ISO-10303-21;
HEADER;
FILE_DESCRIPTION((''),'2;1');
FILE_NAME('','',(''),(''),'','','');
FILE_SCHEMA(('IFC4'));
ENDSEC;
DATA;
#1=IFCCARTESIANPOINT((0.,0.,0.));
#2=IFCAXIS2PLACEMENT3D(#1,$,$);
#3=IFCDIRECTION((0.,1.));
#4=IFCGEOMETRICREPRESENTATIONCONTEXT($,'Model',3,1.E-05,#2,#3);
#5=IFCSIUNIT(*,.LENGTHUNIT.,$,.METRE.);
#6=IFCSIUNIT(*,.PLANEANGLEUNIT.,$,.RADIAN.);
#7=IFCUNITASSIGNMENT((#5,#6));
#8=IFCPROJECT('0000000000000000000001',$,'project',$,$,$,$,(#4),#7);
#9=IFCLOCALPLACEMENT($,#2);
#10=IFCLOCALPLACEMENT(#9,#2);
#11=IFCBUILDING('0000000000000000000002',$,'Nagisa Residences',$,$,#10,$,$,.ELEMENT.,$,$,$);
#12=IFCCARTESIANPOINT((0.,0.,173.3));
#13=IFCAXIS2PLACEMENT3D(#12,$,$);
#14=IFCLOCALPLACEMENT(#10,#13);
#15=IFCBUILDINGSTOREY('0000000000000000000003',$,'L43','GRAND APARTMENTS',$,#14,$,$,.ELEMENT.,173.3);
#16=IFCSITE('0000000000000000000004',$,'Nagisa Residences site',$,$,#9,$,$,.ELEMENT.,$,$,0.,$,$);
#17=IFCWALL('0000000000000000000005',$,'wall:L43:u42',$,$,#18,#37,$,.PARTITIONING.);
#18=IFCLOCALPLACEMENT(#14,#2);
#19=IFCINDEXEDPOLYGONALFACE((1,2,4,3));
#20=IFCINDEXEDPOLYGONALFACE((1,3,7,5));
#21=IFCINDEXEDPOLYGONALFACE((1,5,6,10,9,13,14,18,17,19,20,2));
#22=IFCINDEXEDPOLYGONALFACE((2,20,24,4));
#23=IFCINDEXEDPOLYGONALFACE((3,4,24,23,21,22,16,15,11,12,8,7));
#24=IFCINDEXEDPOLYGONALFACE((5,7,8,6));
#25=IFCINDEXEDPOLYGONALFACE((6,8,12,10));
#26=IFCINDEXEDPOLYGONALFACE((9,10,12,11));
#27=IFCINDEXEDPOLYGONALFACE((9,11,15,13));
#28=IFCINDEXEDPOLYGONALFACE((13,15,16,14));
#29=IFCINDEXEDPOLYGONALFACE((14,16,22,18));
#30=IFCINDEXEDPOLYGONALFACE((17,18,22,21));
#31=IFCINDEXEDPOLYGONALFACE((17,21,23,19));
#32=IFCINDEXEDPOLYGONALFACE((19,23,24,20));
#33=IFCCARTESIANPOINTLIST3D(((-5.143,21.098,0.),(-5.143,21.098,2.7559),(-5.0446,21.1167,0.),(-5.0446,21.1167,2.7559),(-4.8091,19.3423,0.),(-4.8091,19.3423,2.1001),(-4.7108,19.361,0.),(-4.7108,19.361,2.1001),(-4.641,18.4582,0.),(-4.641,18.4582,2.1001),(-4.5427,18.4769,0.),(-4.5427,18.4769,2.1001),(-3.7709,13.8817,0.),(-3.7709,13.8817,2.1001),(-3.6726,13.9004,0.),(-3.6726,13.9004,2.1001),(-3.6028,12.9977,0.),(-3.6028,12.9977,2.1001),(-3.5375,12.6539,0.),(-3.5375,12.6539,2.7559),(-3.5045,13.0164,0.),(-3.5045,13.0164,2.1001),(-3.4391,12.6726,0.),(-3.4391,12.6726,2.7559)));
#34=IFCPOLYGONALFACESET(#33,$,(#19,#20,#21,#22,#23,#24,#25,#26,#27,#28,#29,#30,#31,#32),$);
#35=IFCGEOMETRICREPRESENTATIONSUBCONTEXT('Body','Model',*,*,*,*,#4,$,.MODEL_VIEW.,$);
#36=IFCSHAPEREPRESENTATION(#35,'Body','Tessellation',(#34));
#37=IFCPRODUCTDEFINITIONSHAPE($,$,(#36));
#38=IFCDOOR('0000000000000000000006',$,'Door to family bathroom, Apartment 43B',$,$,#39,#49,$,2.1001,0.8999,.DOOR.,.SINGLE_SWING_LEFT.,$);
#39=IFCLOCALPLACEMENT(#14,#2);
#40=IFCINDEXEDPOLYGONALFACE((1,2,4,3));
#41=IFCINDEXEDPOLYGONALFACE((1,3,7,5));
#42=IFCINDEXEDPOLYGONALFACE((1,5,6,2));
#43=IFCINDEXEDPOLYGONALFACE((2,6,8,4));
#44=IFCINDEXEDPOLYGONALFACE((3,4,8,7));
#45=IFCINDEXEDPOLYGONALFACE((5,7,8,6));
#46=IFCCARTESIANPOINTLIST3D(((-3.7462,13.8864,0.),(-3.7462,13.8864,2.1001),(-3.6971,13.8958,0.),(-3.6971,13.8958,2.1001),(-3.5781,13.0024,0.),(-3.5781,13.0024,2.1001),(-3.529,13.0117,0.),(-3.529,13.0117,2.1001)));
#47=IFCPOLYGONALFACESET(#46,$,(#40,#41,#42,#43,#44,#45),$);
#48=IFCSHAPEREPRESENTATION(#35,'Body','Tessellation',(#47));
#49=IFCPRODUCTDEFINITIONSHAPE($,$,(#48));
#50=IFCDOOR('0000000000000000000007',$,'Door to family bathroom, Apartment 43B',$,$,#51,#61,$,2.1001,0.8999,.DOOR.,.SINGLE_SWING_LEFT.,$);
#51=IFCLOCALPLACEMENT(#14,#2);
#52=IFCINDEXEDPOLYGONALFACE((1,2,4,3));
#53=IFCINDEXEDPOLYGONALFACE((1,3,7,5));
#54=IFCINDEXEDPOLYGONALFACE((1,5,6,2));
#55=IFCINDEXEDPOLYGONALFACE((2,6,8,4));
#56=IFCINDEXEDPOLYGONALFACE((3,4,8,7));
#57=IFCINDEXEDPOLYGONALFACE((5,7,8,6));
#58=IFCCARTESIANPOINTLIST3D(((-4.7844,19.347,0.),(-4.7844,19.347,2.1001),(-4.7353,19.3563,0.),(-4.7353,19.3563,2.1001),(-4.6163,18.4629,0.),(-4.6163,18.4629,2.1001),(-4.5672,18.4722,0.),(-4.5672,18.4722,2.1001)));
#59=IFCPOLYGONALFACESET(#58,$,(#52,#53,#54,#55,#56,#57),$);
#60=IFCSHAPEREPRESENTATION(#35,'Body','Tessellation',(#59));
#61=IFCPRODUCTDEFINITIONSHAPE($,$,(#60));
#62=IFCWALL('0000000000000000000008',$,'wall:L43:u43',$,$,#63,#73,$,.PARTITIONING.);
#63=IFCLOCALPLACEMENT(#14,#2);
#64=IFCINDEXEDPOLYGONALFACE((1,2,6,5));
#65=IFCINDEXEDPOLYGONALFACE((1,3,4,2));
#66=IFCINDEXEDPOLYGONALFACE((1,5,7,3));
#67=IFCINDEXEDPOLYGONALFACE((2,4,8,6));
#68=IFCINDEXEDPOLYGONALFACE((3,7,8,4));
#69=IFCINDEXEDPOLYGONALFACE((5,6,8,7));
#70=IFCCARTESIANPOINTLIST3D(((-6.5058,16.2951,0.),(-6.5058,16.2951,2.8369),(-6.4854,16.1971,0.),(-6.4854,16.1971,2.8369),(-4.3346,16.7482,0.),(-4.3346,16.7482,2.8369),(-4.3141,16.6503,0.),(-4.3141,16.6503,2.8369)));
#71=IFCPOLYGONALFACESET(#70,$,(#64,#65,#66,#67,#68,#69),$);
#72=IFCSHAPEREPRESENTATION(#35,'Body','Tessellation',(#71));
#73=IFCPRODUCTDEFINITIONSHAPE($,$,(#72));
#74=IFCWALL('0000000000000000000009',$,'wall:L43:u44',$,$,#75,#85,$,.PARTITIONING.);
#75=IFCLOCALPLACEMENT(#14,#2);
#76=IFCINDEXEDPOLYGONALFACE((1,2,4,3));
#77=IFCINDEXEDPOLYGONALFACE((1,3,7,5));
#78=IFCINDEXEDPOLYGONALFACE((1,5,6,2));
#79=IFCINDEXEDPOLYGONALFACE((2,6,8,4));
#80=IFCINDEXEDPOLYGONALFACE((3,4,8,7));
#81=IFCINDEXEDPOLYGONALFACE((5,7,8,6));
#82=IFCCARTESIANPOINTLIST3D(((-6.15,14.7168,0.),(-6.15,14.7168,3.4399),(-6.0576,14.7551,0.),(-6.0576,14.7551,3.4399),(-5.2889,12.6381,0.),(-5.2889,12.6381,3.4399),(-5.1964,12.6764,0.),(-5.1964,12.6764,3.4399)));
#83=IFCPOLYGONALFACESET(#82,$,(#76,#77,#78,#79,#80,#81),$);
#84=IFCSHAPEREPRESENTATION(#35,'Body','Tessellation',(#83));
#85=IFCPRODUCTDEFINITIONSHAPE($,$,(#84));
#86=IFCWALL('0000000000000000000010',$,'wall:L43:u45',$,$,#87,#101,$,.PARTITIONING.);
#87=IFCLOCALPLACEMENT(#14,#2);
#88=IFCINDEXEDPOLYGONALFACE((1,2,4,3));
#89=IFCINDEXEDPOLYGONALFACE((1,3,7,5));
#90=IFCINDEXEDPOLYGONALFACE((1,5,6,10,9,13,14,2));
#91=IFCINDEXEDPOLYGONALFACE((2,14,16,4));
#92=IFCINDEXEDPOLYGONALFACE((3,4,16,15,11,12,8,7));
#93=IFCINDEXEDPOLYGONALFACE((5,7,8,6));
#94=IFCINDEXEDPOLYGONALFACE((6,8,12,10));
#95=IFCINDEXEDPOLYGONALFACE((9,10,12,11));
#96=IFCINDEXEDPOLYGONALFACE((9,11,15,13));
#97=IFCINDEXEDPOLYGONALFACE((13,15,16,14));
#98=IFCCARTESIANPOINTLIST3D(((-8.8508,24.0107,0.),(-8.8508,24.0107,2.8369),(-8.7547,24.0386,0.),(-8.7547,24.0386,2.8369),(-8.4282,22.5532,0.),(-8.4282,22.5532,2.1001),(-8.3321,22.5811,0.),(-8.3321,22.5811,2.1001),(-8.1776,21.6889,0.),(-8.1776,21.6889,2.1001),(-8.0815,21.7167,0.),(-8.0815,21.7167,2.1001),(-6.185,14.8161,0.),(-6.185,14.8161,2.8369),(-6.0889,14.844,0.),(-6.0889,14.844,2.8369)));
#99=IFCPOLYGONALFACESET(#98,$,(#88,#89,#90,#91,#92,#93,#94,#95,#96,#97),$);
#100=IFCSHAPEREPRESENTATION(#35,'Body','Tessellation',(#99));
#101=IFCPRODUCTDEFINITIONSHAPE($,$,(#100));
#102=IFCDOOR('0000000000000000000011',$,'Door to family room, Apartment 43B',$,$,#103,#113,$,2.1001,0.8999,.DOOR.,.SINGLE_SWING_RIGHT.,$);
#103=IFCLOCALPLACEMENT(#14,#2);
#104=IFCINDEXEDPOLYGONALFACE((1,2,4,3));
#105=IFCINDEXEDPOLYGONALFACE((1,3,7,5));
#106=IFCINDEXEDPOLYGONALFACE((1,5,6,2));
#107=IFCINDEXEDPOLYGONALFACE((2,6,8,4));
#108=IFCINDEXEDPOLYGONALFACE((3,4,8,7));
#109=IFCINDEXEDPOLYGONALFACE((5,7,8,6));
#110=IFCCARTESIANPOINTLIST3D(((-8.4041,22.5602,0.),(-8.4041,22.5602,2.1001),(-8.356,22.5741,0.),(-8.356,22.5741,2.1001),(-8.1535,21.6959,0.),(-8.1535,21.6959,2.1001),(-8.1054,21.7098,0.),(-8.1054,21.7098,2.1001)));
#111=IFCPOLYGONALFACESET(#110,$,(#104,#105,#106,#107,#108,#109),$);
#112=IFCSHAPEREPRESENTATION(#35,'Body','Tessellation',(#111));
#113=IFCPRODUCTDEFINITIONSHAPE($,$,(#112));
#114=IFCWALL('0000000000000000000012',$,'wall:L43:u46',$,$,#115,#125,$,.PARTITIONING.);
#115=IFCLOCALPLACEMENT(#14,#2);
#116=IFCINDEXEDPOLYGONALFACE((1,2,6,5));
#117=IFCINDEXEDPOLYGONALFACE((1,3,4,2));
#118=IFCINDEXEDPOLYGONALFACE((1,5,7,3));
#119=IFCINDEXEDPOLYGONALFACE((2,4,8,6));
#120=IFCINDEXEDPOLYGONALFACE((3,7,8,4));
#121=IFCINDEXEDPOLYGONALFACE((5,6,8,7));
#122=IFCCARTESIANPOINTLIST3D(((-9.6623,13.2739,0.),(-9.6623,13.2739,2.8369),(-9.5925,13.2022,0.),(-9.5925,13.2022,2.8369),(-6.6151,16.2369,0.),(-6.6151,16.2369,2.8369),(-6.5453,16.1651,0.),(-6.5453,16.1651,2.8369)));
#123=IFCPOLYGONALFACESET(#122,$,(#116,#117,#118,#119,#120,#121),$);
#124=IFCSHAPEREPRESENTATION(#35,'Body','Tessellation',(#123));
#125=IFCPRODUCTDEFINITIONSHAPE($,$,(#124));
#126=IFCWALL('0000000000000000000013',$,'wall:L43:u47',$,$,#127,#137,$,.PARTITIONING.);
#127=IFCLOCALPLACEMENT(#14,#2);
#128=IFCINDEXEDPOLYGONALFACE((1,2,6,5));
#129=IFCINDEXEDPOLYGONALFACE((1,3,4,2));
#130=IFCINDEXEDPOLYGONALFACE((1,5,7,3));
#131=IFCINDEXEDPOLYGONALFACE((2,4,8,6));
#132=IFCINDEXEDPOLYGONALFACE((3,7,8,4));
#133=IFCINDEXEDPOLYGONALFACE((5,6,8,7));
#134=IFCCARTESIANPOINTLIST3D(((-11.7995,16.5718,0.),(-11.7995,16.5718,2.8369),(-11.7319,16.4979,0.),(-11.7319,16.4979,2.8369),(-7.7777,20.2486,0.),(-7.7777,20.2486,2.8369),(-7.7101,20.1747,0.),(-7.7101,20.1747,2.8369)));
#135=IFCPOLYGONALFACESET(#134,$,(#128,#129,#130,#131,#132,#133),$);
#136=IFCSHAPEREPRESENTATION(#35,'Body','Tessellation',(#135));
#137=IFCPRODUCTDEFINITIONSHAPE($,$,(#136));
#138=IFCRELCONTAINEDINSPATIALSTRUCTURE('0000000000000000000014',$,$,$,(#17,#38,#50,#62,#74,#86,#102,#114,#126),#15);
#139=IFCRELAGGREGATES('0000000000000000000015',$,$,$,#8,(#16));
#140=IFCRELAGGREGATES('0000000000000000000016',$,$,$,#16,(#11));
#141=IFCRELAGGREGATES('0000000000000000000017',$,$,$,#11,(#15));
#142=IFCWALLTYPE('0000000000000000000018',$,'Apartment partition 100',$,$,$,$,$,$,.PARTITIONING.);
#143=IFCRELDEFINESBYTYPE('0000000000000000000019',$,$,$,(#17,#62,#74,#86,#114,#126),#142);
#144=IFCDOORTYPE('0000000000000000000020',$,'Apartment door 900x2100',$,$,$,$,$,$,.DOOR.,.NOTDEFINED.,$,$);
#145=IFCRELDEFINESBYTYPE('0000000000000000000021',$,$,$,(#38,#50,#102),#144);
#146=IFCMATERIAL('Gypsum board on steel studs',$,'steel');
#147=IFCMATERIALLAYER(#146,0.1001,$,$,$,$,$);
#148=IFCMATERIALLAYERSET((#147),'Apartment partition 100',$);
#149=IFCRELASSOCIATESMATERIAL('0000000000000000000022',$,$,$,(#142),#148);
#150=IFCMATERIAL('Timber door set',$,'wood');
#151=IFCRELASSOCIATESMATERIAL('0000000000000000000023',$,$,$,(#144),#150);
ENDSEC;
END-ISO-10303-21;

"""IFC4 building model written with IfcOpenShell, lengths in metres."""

from ifc_helpers import new_model, si_unit, direction, frame, frame_2d, origin, place, context, subcontext, project, spatial, rectangle, extrude, material, layer, layer_set, type_object, element, fill, save


model = new_model("IFC4")

# Units and contexts
model_context = context("Model", 3, precision=1e-05, world=origin(), true_north=direction((0.0, 1.0)))
body_context = subcontext(model_context, "Body", "Model", "MODEL_VIEW")
ifc_project = project(units=[si_unit("LENGTHUNIT", "METRE"), si_unit("PLANEANGLEUNIT", "RADIAN")], contexts=[model_context])

# Site, building, storey
site_placement = place(None, origin())
site = spatial("IfcSite", under=ifc_project, at=site_placement, Name="Nagisa Residences site", CompositionType="ELEMENT", RefElevation=0.0)
building_placement = place(site_placement, origin())
building = spatial("IfcBuilding", under=site, at=building_placement, Name="Nagisa Residences", CompositionType="ELEMENT")
storey_placement = place(building_placement, frame((0.0, 0.0, 173.3)))
storey = spatial("IfcBuildingStorey", under=building, at=storey_placement, Name="L43", Description="GRAND APARTMENTS", CompositionType="ELEMENT", Elevation=173.3)

# Shared definitions
ifc_material_1 = material(Name="Gypsum board on steel studs", Category="steel")
ifc_layer_1 = layer(ifc_material_1, 0.1001)
ifc_layer_set_1 = layer_set([ifc_layer_1], Name="Apartment partition 100")
wall_type_1 = type_object("IfcWallType", Name="Apartment partition 100", PredefinedType="PARTITIONING", material=ifc_layer_set_1)
ifc_material_2 = material(Name="Timber door set", Category="wood")
door_type_1 = type_object("IfcDoorType", Name="Apartment door 900x2100", OperationType="NOTDEFINED", PredefinedType="DOOR", material=ifc_material_2)

# Wall, openings, doors
wall_1_placement = place(storey_placement, frame((-3.4883, 12.6631, 0.0), z_axis=(0.0, 0.0, 1.0), x_axis=(-0.186783, 0.982401, 0.0)))
wall_1 = element("IfcWall", 1, at=wall_1_placement, inside=storey, type_object=wall_type_1, Name="wall:L43:u42", PredefinedType="PARTITIONING", context=body_context, shape_type="SweptSolid", body=[
    extrude(rectangle(XDim=8.5955, YDim=0.1001, at=frame_2d((4.2979, 0.0))), origin(), (0.0, 0.0, 1.0), 2.7559),
])
opening_1_placement = place(wall_1_placement, frame((0.3501, 0.0, 0.0)))
opening_1 = element("IfcOpeningElement", 2, at=opening_1_placement, cuts=wall_1, PredefinedType="OPENING", context=body_context, shape_type="SweptSolid", body=[
    extrude(rectangle(XDim=0.8999, YDim=2.1001, at=frame_2d((0.45, 1.05))), frame((0.0, 0.0601, 0.0), z_axis=(0.0, -1.0, 0.0), x_axis=(1.0, 0.0, 0.0)), (0.0, 0.0, 1.0), 0.1201),
])
opening_2_placement = place(wall_1_placement, frame((5.9084, 0.0, 0.0)))
opening_2 = element("IfcOpeningElement", 3, at=opening_2_placement, cuts=wall_1, PredefinedType="OPENING", context=body_context, shape_type="SweptSolid", body=[
    extrude(rectangle(XDim=0.8999, YDim=2.1001, at=frame_2d((0.45, 1.05))), frame((0.0, 0.0601, 0.0), z_axis=(0.0, -1.0, 0.0), x_axis=(1.0, 0.0, 0.0)), (0.0, 0.0, 1.0), 0.1201),
])
door_1_placement = place(opening_1_placement, origin())
door_1 = element("IfcDoor", 4, at=door_1_placement, inside=storey, type_object=door_type_1, Name="Door to family bathroom, Apartment 43B", OperationType="SINGLE_SWING_LEFT", OverallHeight=2.1001, OverallWidth=0.8999, PredefinedType="DOOR", context=body_context, shape_type="SweptSolid", body=[
    extrude(rectangle(XDim=0.8999, YDim=2.1001, at=frame_2d((0.45, 1.05))), frame((0.0, 0.0249, 0.0), z_axis=(0.0, -1.0, 0.0), x_axis=(1.0, 0.0, 0.0)), (0.0, 0.0, 1.0), 0.05),
])
fill(opening_1, door_1)
door_2_placement = place(opening_2_placement, origin())
door_2 = element("IfcDoor", 5, at=door_2_placement, inside=storey, type_object=door_type_1, Name="Door to family bathroom, Apartment 43B", OperationType="SINGLE_SWING_LEFT", OverallHeight=2.1001, OverallWidth=0.8999, PredefinedType="DOOR", context=body_context, shape_type="SweptSolid", body=[
    extrude(rectangle(XDim=0.8999, YDim=2.1001, at=frame_2d((0.45, 1.05))), frame((0.0, 0.0249, 0.0), z_axis=(0.0, -1.0, 0.0), x_axis=(1.0, 0.0, 0.0)), (0.0, 0.0, 1.0), 0.05),
])
fill(opening_2, door_2)

# Walls
wall_2_placement = place(storey_placement, frame((-4.3245, 16.6992, 0.0), z_axis=(0.0, 0.0, 1.0), x_axis=(-0.978908, -0.204302, 0.0)))
element("IfcWall", 6, at=wall_2_placement, inside=storey, type_object=wall_type_1, Name="wall:L43:u43", PredefinedType="PARTITIONING", context=body_context, shape_type="SweptSolid", body=[
    extrude(rectangle(XDim=2.218, YDim=0.1001, at=frame_2d((1.1089, 0.0))), origin(), (0.0, 0.0, 1.0), 2.8369),
])
wall_3_placement = place(storey_placement, frame((-5.2427, 12.6572, 0.0), z_axis=(0.0, 0.0, 1.0), x_axis=(-0.382719, 0.923865, 0.0)))
element("IfcWall", 7, at=wall_3_placement, inside=storey, type_object=wall_type_1, Name="wall:L43:u44", PredefinedType="PARTITIONING", context=body_context, shape_type="SweptSolid", body=[
    extrude(rectangle(XDim=2.25, YDim=0.1001, at=frame_2d((1.125, 0.0))), origin(), (0.0, 0.0, 1.0), 3.4399),
])

# Wall, opening, door
wall_4_placement = place(storey_placement, frame((-6.137, 14.8301, 0.0), z_axis=(0.0, 0.0, 1.0), x_axis=(-0.278461, 0.960447, 0.0)))
wall_4 = element("IfcWall", 8, at=wall_4_placement, inside=storey, type_object=wall_type_1, Name="wall:L43:u45", PredefinedType="PARTITIONING", context=body_context, shape_type="SweptSolid", body=[
    extrude(rectangle(XDim=9.5732, YDim=0.1001, at=frame_2d((4.7866, 0.0))), origin(), (0.0, 0.0, 1.0), 2.8369),
])
opening_3_placement = place(wall_4_placement, frame((7.1558, 0.0, 0.0)))
opening_3 = element("IfcOpeningElement", 9, at=opening_3_placement, cuts=wall_4, PredefinedType="OPENING", context=body_context, shape_type="SweptSolid", body=[
    extrude(rectangle(XDim=0.8999, YDim=2.1001, at=frame_2d((0.45, 1.05))), frame((0.0, 0.0601, 0.0), z_axis=(0.0, -1.0, 0.0), x_axis=(1.0, 0.0, 0.0)), (0.0, 0.0, 1.0), 0.1201),
])
door_3_placement = place(opening_3_placement, origin())
door_3 = element("IfcDoor", 10, at=door_3_placement, inside=storey, type_object=door_type_1, Name="Door to family room, Apartment 43B", OperationType="SINGLE_SWING_RIGHT", OverallHeight=2.1001, OverallWidth=0.8999, PredefinedType="DOOR", context=body_context, shape_type="SweptSolid", body=[
    extrude(rectangle(XDim=0.8999, YDim=2.1001, at=frame_2d((0.45, 1.05))), frame((0.0, 0.0249, 0.0), z_axis=(0.0, -1.0, 0.0), x_axis=(1.0, 0.0, 0.0)), (0.0, 0.0, 1.0), 0.05),
])
fill(opening_3, door_3)

# Walls
wall_5_placement = place(storey_placement, frame((-6.5803, 16.2009, 0.0), z_axis=(0.0, 0.0, 1.0), x_axis=(-0.716946, -0.697128, 0.0)))
element("IfcWall", 11, at=wall_5_placement, inside=storey, type_object=wall_type_1, Name="wall:L43:u46", PredefinedType="PARTITIONING", context=body_context, shape_type="SweptSolid", body=[
    extrude(rectangle(XDim=4.2502, YDim=0.1001, at=frame_2d((2.125, 0.0))), origin(), (0.0, 0.0, 1.0), 2.8369),
])
wall_6_placement = place(storey_placement, frame((-7.7439, 20.2117, 0.0), z_axis=(0.0, 0.0, 1.0), x_axis=(-0.738052, -0.674744, 0.0)))
element("IfcWall", 12, at=wall_6_placement, inside=storey, type_object=wall_type_1, Name="wall:L43:u47", PredefinedType="PARTITIONING", context=body_context, shape_type="SweptSolid", body=[
    extrude(rectangle(XDim=5.4492, YDim=0.1001, at=frame_2d((2.7246, 0.0))), origin(), (0.0, 0.0, 1.0), 2.8369),
])

save(model, "model.ifc")
